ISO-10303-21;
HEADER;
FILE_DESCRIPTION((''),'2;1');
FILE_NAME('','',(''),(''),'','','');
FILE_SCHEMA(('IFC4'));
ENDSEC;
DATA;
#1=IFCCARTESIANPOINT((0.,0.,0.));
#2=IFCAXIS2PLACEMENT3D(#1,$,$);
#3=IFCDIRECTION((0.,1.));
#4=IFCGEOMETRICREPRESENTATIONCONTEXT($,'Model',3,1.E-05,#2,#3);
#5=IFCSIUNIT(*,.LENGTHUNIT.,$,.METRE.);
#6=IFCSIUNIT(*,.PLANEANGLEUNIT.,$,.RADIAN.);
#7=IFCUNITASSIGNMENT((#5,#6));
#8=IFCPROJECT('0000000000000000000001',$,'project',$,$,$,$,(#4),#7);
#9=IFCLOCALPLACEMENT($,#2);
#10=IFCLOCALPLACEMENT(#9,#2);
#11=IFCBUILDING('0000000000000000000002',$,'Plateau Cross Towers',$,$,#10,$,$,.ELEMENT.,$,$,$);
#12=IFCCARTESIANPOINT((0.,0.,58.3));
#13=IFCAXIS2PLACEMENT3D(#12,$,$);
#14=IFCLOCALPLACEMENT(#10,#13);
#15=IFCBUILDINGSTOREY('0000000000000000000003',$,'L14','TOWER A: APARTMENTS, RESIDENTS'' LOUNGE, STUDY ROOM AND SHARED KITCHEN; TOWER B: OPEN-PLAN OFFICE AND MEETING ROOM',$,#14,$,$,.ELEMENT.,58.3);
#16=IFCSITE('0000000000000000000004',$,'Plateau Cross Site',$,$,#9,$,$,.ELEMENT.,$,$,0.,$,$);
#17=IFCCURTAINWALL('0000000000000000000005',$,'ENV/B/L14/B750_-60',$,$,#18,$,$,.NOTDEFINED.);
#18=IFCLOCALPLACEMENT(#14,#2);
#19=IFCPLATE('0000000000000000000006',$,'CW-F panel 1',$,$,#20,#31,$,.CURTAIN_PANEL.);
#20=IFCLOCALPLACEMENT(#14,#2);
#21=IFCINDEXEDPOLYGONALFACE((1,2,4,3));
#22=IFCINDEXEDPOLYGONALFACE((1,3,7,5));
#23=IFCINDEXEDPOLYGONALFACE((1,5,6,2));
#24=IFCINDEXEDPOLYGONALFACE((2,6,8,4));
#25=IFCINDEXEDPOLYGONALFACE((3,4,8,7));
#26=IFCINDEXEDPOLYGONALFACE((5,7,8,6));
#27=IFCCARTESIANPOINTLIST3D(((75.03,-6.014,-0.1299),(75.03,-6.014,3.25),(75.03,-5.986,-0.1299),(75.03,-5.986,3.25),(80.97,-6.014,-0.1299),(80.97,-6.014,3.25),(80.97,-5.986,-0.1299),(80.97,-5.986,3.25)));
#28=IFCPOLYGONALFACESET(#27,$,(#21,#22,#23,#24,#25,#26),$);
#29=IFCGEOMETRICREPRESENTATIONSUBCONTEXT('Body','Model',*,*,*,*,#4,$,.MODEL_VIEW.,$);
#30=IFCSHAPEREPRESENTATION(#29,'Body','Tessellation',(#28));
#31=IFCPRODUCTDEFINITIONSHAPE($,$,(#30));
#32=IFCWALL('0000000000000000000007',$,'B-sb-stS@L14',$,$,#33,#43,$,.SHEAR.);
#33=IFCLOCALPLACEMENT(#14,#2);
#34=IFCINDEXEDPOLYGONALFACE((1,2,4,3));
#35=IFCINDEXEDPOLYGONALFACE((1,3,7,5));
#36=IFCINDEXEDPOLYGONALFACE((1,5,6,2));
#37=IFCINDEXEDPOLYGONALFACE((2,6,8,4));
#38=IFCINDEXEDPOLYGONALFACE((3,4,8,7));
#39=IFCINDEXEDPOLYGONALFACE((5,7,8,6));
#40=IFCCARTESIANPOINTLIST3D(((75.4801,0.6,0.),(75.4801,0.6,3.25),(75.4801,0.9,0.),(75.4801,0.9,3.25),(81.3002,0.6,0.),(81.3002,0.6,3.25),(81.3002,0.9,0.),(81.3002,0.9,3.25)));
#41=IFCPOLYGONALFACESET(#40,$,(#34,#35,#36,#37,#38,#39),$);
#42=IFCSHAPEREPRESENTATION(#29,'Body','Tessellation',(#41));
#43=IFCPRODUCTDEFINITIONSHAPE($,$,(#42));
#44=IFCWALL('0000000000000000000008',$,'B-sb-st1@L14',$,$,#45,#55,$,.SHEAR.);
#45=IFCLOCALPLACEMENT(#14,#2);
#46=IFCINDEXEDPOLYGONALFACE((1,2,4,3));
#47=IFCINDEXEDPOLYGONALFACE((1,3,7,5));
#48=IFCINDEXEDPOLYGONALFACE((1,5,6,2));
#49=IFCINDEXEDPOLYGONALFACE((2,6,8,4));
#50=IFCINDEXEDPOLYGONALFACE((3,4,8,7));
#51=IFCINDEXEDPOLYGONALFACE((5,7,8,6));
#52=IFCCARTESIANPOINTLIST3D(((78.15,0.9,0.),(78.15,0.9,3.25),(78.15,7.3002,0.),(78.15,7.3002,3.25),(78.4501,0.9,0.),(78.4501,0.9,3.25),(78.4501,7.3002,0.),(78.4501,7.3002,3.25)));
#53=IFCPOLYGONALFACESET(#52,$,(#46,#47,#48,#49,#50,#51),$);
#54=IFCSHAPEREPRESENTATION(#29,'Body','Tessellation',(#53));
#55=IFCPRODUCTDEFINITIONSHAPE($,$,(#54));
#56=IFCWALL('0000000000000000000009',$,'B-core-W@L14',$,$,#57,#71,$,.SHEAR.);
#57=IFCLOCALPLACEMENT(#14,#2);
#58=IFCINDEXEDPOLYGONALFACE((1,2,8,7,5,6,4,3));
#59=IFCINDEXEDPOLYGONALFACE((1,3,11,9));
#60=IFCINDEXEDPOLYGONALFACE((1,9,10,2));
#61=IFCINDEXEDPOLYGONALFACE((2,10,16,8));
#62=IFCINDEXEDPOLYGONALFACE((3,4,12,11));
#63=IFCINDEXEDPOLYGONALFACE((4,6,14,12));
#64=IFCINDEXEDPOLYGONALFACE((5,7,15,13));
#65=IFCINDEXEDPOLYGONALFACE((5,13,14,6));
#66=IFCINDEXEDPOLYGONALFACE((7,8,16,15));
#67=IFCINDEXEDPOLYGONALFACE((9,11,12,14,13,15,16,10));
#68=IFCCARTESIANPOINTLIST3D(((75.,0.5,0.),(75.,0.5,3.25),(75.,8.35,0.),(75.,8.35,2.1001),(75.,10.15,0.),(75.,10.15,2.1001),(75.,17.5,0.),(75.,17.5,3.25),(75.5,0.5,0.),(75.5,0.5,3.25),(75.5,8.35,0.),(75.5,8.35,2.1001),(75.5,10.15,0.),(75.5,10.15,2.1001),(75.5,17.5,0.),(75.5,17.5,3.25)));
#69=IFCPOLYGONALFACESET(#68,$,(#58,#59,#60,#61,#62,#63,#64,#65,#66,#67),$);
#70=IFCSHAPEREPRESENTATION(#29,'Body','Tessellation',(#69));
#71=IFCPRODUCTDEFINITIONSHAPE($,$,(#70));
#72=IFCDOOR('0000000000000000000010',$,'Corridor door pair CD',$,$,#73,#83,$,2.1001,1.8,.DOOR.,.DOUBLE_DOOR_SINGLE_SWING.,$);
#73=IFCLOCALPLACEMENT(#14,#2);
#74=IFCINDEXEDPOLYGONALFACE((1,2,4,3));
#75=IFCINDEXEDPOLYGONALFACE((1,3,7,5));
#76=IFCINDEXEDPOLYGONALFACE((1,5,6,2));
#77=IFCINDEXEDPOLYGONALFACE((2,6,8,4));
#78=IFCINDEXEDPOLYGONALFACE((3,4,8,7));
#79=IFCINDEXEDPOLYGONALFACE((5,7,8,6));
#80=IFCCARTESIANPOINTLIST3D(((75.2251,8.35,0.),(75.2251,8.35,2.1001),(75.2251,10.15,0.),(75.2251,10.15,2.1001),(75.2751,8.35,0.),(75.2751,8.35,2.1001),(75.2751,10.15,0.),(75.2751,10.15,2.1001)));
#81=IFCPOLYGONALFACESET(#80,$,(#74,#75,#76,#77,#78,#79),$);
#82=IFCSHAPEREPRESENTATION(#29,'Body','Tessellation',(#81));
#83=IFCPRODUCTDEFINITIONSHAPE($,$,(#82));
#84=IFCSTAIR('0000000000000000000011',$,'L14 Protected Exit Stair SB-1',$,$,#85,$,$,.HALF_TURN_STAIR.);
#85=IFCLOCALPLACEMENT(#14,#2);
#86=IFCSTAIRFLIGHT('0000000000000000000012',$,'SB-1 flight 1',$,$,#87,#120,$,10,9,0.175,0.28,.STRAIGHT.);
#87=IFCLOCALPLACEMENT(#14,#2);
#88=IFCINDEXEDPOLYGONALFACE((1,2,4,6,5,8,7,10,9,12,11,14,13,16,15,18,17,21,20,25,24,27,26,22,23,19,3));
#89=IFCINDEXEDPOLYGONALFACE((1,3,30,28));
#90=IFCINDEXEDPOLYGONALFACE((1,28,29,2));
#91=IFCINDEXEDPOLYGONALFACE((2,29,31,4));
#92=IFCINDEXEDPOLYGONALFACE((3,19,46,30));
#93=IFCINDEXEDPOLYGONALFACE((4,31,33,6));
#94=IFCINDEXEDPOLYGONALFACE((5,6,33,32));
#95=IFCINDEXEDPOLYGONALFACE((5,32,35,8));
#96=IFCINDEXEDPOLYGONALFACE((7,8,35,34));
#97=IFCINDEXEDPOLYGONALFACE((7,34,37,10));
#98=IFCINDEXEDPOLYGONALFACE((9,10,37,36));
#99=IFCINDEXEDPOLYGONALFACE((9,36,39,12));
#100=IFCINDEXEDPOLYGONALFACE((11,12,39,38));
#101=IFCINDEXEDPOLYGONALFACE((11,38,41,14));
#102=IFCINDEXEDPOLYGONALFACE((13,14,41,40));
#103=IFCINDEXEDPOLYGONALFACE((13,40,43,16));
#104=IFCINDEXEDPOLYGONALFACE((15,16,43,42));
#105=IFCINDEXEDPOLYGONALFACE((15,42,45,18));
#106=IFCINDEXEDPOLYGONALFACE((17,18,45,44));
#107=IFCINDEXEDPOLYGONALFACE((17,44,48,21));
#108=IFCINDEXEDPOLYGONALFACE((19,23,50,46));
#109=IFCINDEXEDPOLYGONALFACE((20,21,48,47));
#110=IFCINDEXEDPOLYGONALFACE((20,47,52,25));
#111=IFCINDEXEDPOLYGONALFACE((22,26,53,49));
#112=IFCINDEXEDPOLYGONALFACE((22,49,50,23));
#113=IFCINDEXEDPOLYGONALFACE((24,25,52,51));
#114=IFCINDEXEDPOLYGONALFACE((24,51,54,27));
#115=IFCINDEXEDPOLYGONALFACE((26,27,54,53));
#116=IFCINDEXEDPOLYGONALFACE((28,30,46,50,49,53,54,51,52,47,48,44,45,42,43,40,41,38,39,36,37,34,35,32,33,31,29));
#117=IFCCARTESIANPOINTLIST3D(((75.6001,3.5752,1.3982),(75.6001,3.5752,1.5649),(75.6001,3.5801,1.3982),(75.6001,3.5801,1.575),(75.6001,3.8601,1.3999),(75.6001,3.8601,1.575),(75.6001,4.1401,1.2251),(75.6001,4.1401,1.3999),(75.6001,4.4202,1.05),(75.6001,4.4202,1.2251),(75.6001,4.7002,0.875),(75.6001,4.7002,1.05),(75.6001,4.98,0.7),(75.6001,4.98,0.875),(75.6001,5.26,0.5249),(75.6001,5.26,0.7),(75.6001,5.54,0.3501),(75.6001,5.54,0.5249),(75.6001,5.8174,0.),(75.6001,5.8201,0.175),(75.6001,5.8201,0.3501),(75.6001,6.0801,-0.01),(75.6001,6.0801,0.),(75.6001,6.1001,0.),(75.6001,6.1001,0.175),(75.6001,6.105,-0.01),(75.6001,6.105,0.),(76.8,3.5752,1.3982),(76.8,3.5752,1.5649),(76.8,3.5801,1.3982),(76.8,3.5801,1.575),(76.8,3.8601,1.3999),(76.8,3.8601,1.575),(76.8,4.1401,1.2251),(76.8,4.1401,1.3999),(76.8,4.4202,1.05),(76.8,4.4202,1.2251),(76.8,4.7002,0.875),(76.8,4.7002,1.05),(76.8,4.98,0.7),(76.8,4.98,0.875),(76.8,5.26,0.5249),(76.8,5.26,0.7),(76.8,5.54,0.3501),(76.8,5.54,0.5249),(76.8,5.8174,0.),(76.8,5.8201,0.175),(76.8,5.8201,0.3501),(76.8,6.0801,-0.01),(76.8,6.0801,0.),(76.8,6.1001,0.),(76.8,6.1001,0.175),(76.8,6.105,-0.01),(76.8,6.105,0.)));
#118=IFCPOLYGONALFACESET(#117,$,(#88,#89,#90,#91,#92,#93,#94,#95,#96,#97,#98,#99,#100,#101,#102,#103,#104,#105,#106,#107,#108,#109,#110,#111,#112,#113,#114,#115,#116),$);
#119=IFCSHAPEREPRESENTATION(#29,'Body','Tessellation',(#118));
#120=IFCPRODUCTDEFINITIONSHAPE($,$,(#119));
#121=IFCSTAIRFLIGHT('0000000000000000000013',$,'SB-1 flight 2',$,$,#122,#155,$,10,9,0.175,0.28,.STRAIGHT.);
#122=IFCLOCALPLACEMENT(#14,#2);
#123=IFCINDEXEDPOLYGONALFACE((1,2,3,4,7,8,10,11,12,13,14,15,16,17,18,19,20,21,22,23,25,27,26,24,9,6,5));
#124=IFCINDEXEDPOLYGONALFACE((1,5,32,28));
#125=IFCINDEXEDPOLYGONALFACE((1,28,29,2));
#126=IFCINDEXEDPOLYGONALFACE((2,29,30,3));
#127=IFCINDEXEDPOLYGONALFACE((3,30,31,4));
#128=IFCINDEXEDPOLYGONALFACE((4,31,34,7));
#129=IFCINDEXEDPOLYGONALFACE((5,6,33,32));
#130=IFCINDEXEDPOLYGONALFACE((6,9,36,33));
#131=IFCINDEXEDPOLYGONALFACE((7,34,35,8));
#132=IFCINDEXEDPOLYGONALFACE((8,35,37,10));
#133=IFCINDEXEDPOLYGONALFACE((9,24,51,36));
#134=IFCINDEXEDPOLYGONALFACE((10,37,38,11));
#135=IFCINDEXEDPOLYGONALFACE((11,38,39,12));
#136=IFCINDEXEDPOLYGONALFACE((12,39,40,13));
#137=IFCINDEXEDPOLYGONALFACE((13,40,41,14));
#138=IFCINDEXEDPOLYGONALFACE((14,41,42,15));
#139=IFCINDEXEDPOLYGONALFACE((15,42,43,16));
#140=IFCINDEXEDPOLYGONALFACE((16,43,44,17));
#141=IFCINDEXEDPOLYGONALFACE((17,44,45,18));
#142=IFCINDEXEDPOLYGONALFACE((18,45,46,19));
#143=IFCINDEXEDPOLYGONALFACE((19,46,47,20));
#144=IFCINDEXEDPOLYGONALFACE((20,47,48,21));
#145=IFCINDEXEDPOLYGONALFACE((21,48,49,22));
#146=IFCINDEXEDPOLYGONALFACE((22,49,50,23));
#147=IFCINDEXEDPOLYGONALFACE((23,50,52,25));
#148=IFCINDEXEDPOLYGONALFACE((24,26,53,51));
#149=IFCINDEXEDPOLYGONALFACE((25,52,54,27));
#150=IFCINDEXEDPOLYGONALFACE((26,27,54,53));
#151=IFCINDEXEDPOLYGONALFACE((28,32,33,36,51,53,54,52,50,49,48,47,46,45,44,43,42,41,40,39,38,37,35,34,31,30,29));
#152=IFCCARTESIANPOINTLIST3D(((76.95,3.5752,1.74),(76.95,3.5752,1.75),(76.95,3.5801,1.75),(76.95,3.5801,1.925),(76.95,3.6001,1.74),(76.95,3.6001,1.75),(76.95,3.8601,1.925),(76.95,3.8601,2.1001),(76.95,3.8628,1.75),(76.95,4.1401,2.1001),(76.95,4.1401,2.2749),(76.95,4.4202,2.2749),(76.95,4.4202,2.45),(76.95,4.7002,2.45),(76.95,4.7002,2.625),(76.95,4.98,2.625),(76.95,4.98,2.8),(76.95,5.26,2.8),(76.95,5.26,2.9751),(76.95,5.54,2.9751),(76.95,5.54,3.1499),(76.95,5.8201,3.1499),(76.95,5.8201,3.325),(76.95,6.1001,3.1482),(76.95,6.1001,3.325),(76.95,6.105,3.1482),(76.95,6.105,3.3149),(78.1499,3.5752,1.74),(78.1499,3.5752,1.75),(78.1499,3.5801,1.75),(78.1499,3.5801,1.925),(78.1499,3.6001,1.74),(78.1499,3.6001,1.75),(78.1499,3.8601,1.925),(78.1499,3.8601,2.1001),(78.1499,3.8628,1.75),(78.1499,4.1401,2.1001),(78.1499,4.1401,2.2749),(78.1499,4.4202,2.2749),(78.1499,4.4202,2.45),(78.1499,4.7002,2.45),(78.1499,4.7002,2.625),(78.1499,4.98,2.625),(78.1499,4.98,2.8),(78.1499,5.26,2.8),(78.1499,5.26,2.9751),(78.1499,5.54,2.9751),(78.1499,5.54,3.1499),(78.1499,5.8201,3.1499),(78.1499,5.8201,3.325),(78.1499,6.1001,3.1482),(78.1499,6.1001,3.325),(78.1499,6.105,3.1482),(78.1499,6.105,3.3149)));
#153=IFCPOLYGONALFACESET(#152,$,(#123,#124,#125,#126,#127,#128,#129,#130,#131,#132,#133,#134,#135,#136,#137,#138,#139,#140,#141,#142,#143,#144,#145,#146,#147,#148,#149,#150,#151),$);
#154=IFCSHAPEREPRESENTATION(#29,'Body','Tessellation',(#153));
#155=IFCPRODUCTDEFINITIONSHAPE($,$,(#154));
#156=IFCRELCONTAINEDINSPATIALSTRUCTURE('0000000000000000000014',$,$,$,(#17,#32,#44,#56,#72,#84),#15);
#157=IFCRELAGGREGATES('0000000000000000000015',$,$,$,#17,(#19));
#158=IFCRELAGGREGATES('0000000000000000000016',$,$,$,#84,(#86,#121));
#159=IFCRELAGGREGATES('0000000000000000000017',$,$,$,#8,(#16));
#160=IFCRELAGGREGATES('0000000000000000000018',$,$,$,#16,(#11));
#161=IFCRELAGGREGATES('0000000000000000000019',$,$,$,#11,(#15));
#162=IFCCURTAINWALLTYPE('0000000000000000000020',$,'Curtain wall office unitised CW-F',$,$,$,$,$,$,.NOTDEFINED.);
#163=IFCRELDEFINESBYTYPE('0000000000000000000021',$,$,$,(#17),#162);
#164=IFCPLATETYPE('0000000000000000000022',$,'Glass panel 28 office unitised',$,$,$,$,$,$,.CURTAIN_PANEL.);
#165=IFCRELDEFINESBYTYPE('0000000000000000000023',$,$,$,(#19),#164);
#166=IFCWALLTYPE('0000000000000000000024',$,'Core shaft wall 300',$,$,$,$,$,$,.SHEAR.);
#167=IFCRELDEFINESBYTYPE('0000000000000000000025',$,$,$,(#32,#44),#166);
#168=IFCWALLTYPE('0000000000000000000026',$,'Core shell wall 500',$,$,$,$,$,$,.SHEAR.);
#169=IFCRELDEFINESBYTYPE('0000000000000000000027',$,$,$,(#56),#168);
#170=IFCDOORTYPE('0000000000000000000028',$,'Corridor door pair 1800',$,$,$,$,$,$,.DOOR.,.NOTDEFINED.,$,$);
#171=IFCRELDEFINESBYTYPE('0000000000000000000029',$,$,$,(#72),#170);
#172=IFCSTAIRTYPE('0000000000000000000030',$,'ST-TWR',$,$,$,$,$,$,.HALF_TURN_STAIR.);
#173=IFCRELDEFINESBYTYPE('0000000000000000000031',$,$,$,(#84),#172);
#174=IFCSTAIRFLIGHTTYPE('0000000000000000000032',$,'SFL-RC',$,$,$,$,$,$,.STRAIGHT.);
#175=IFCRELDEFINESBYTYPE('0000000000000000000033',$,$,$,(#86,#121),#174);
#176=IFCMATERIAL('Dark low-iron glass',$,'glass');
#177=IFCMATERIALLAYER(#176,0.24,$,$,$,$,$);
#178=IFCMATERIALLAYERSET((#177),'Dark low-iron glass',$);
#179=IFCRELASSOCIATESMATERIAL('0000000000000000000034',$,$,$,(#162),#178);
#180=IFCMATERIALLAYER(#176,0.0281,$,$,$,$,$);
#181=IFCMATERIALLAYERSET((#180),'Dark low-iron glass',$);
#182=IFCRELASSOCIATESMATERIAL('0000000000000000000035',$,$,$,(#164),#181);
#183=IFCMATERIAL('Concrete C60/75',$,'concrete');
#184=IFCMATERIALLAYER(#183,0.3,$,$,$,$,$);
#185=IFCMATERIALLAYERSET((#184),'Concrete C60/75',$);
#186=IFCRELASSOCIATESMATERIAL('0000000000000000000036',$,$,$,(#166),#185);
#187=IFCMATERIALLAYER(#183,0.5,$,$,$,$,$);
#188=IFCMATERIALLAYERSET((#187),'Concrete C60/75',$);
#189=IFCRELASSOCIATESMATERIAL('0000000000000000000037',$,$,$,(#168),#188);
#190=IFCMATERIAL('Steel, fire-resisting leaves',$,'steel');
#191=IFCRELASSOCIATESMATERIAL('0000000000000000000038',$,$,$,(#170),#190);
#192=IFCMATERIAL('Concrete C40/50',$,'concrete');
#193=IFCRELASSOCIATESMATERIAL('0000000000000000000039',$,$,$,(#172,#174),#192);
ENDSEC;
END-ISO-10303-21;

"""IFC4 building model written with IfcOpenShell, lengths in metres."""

from ifc_helpers import new_model, si_unit, direction, frame, frame_2d, origin, origin_2d, place, context, subcontext, project, spatial, polyline, rectangle, outline, extrude, material, layer, layer_set, type_object, element, fill, aggregate, save


model = new_model("IFC4")

# Units and contexts
model_context = context("Model", 3, precision=1e-05, world=origin(), true_north=direction((0.0, 1.0)))
body_context = subcontext(model_context, "Body", "Model", "MODEL_VIEW")
ifc_project = project(units=[si_unit("LENGTHUNIT", "METRE"), si_unit("PLANEANGLEUNIT", "RADIAN")], contexts=[model_context])

# Site, building, storey
site_placement = place(None, origin())
site = spatial("IfcSite", under=ifc_project, at=site_placement, Name="Plateau Cross Site", CompositionType="ELEMENT", RefElevation=0.0)
building_placement = place(site_placement, origin())
building = spatial("IfcBuilding", under=site, at=building_placement, Name="Plateau Cross Towers", CompositionType="ELEMENT")
storey_placement = place(building_placement, frame((0.0, 0.0, 58.3)))
storey = spatial("IfcBuildingStorey", under=building, at=storey_placement, Name="L14", Description="TOWER A: APARTMENTS, RESIDENTS' LOUNGE, STUDY ROOM AND SHARED KITCHEN; TOWER B: OPEN-PLAN OFFICE AND MEETING ROOM", CompositionType="ELEMENT", Elevation=58.3)

# Curtain wall, plate
ifc_material_1 = material(Name="Dark low-iron glass", Category="glass")
ifc_layer_1 = layer(ifc_material_1, 0.24)
ifc_layer_set_1 = layer_set([ifc_layer_1], Name="Dark low-iron glass")
curtain_wall_type = type_object("IfcCurtainWallType", Name="Curtain wall office unitised CW-F", PredefinedType="NOTDEFINED", material=ifc_layer_set_1)
curtain_wall_placement = place(storey_placement, origin())
curtain_wall = element("IfcCurtainWall", 1, at=curtain_wall_placement, inside=storey, type_object=curtain_wall_type, Name="ENV/B/L14/B750_-60", PredefinedType="NOTDEFINED")
ifc_layer_2 = layer(ifc_material_1, 0.0281)
ifc_layer_set_2 = layer_set([ifc_layer_2], Name="Dark low-iron glass")
plate_type = type_object("IfcPlateType", Name="Glass panel 28 office unitised", PredefinedType="CURTAIN_PANEL", material=ifc_layer_set_2)
plate_placement = place(storey_placement, frame((78.0, -6.0, -0.1299), z_axis=(0.0, 0.0, 1.0), x_axis=(1.0, 0.0, 0.0)))
plate = element("IfcPlate", 2, at=plate_placement, type_object=plate_type, Name="CW-F panel 1", PredefinedType="CURTAIN_PANEL", context=body_context, shape_type="SweptSolid", body=[
    extrude(rectangle(XDim=5.9399, YDim=0.0281, at=origin_2d()), origin(), (0.0, 0.0, 1.0), 3.3799),
])
aggregate(curtain_wall, [plate])

# Walls
ifc_material_2 = material(Name="Concrete C60/75", Category="concrete")
ifc_layer_3 = layer(ifc_material_2, 0.3)
ifc_layer_set_3 = layer_set([ifc_layer_3], Name="Concrete C60/75")
wall_type_1 = type_object("IfcWallType", Name="Core shaft wall 300", PredefinedType="SHEAR", material=ifc_layer_set_3)
wall_1_placement = place(storey_placement, frame((75.48, 0.75, 0.0), z_axis=(0.0, 0.0, 1.0), x_axis=(1.0, 0.0, 0.0)))
element("IfcWall", 3, at=wall_1_placement, inside=storey, type_object=wall_type_1, Name="B-sb-stS@L14", PredefinedType="SHEAR", context=body_context, shape_type="SweptSolid", body=[
    extrude(rectangle(XDim=5.8201, YDim=0.3, at=frame_2d((2.9102, 0.0))), origin(), (0.0, 0.0, 1.0), 3.25),
])
wall_2_placement = place(storey_placement, frame((78.3, 0.8999, 0.0), z_axis=(0.0, 0.0, 1.0), x_axis=(0.0, 1.0, 0.0)))
element("IfcWall", 4, at=wall_2_placement, inside=storey, type_object=wall_type_1, Name="B-sb-st1@L14", PredefinedType="SHEAR", context=body_context, shape_type="SweptSolid", body=[
    extrude(rectangle(XDim=6.4001, YDim=0.3, at=frame_2d((3.2002, 0.0))), origin(), (0.0, 0.0, 1.0), 3.25),
])

# Wall, opening, door
ifc_layer_4 = layer(ifc_material_2, 0.5)
ifc_layer_set_4 = layer_set([ifc_layer_4], Name="Concrete C60/75")
wall_type_2 = type_object("IfcWallType", Name="Core shell wall 500", PredefinedType="SHEAR", material=ifc_layer_set_4)
wall_3_placement = place(storey_placement, frame((75.25, 0.5, 0.0), z_axis=(0.0, 0.0, 1.0), x_axis=(0.0, 1.0, 0.0)))
wall_3 = element("IfcWall", 5, at=wall_3_placement, inside=storey, type_object=wall_type_2, Name="B-core-W@L14", PredefinedType="SHEAR", context=body_context, shape_type="SweptSolid", body=[
    extrude(rectangle(XDim=17.0, YDim=0.5, at=frame_2d((8.5, 0.0))), origin(), (0.0, 0.0, 1.0), 3.25),
])
opening_1_placement = place(wall_3_placement, frame((7.8501, 0.0, 0.0)))
opening_1 = element("IfcOpeningElement", 6, at=opening_1_placement, cuts=wall_3, PredefinedType="OPENING", context=body_context, shape_type="SweptSolid", body=[
    extrude(rectangle(XDim=1.8, YDim=2.1001, at=frame_2d((0.8999, 1.05))), frame((0.0, 0.26, 0.0), z_axis=(0.0, -1.0, 0.0), x_axis=(1.0, 0.0, 0.0)), (0.0, 0.0, 1.0), 0.52),
])
ifc_material_3 = material(Name="Steel, fire-resisting leaves", Category="steel")
door_type_1 = type_object("IfcDoorType", Name="Corridor door pair 1800", OperationType="NOTDEFINED", PredefinedType="DOOR", material=ifc_material_3)
door_1_placement = place(opening_1_placement, origin())
door_1 = element("IfcDoor", 7, at=door_1_placement, inside=storey, type_object=door_type_1, Name="Corridor door pair CD", OperationType="DOUBLE_DOOR_SINGLE_SWING", OverallHeight=2.1001, OverallWidth=1.8, PredefinedType="DOOR", context=body_context, shape_type="SweptSolid", body=[
    extrude(rectangle(XDim=1.8, YDim=2.1001, at=frame_2d((0.8999, 1.05))), frame((0.0, 0.0249, 0.0), z_axis=(0.0, -1.0, 0.0), x_axis=(1.0, 0.0, 0.0)), (0.0, 0.0, 1.0), 0.05),
])
fill(opening_1, door_1)

# Stair, stair flights
ifc_material_4 = material(Name="Concrete C40/50", Category="concrete")
stair_type = type_object("IfcStairType", Name="ST-TWR", PredefinedType="HALF_TURN_STAIR", material=ifc_material_4)
stair_1_placement = place(storey_placement, origin())
stair_1 = element("IfcStair", 8, at=stair_1_placement, inside=storey, type_object=stair_type, Name="L14 Protected Exit Stair SB-1", PredefinedType="HALF_TURN_STAIR")
stair_flight_type = type_object("IfcStairFlightType", Name="SFL-RC", PredefinedType="STRAIGHT", material=ifc_material_4)
stair_flight_1_placement = place(storey_placement, frame((76.2, 6.1001, 0.0), z_axis=(0.0, 0.0, 1.0), x_axis=(0.0, -1.0, 0.0)))
stair_flight_1 = element("IfcStairFlight", 9, at=stair_flight_1_placement, type_object=stair_flight_type, Name="SB-1 flight 1", NumberOfRisers=10, NumberOfTreads=9, PredefinedType="STRAIGHT", RiserHeight=0.175, TreadLength=0.28, context=body_context, shape_type="SweptSolid", body=[
    extrude(outline(polyline([(-0.0049, -0.01), (-0.0049, 0.0), (0.0, 0.0), (0.0, 0.175), (0.28, 0.175), (0.28, 0.3501), (0.5601, 0.3501), (0.5601, 0.5249), (0.8401, 0.5249), (0.8401, 0.7), (1.1201, 0.7), (1.1201, 0.875), (1.3999, 0.875), (1.3999, 1.05), (1.6799, 1.05), (1.6799, 1.2251), (1.96, 1.2251), (1.96, 1.3999), (2.24, 1.3999), (2.24, 1.575), (2.52, 1.575), (2.5249, 1.5649), (2.5249, 1.3982), (2.52, 1.3982), (0.2827, 0.0), (0.02, 0.0), (0.02, -0.01), (-0.0049, -0.01)])), frame((0.0, 0.6001, 0.0), z_axis=(0.0, -1.0, 0.0), x_axis=(1.0, 0.0, 0.0)), (0.0, 0.0, 1.0), 1.2),
])
stair_flight_2_placement = place(storey_placement, frame((77.55, 3.5801, 1.75), z_axis=(0.0, 0.0, 1.0), x_axis=(0.0, 1.0, 0.0)))
stair_flight_2 = element("IfcStairFlight", 10, at=stair_flight_2_placement, type_object=stair_flight_type, Name="SB-1 flight 2", NumberOfRisers=10, NumberOfTreads=9, PredefinedType="STRAIGHT", RiserHeight=0.175, TreadLength=0.28, context=body_context, shape_type="SweptSolid", body=[
    extrude(outline(polyline([(-0.0049, -0.01), (-0.0049, 0.0), (0.0, 0.0), (0.0, 0.175), (0.28, 0.175), (0.28, 0.3501), (0.5601, 0.3501), (0.5601, 0.5249), (0.8401, 0.5249), (0.8401, 0.7), (1.1201, 0.7), (1.1201, 0.875), (1.3999, 0.875), (1.3999, 1.05), (1.6799, 1.05), (1.6799, 1.2251), (1.96, 1.2251), (1.96, 1.3999), (2.24, 1.3999), (2.24, 1.575), (2.52, 1.575), (2.5249, 1.5649), (2.5249, 1.3982), (2.52, 1.3982), (0.2827, 0.0), (0.02, 0.0), (0.02, -0.01), (-0.0049, -0.01)])), frame((0.0, 0.6001, 0.0), z_axis=(0.0, -1.0, 0.0), x_axis=(1.0, 0.0, 0.0)), (0.0, 0.0, 1.0), 1.2),
])
aggregate(stair_1, [stair_flight_1, stair_flight_2])

save(model, "model.ifc")
